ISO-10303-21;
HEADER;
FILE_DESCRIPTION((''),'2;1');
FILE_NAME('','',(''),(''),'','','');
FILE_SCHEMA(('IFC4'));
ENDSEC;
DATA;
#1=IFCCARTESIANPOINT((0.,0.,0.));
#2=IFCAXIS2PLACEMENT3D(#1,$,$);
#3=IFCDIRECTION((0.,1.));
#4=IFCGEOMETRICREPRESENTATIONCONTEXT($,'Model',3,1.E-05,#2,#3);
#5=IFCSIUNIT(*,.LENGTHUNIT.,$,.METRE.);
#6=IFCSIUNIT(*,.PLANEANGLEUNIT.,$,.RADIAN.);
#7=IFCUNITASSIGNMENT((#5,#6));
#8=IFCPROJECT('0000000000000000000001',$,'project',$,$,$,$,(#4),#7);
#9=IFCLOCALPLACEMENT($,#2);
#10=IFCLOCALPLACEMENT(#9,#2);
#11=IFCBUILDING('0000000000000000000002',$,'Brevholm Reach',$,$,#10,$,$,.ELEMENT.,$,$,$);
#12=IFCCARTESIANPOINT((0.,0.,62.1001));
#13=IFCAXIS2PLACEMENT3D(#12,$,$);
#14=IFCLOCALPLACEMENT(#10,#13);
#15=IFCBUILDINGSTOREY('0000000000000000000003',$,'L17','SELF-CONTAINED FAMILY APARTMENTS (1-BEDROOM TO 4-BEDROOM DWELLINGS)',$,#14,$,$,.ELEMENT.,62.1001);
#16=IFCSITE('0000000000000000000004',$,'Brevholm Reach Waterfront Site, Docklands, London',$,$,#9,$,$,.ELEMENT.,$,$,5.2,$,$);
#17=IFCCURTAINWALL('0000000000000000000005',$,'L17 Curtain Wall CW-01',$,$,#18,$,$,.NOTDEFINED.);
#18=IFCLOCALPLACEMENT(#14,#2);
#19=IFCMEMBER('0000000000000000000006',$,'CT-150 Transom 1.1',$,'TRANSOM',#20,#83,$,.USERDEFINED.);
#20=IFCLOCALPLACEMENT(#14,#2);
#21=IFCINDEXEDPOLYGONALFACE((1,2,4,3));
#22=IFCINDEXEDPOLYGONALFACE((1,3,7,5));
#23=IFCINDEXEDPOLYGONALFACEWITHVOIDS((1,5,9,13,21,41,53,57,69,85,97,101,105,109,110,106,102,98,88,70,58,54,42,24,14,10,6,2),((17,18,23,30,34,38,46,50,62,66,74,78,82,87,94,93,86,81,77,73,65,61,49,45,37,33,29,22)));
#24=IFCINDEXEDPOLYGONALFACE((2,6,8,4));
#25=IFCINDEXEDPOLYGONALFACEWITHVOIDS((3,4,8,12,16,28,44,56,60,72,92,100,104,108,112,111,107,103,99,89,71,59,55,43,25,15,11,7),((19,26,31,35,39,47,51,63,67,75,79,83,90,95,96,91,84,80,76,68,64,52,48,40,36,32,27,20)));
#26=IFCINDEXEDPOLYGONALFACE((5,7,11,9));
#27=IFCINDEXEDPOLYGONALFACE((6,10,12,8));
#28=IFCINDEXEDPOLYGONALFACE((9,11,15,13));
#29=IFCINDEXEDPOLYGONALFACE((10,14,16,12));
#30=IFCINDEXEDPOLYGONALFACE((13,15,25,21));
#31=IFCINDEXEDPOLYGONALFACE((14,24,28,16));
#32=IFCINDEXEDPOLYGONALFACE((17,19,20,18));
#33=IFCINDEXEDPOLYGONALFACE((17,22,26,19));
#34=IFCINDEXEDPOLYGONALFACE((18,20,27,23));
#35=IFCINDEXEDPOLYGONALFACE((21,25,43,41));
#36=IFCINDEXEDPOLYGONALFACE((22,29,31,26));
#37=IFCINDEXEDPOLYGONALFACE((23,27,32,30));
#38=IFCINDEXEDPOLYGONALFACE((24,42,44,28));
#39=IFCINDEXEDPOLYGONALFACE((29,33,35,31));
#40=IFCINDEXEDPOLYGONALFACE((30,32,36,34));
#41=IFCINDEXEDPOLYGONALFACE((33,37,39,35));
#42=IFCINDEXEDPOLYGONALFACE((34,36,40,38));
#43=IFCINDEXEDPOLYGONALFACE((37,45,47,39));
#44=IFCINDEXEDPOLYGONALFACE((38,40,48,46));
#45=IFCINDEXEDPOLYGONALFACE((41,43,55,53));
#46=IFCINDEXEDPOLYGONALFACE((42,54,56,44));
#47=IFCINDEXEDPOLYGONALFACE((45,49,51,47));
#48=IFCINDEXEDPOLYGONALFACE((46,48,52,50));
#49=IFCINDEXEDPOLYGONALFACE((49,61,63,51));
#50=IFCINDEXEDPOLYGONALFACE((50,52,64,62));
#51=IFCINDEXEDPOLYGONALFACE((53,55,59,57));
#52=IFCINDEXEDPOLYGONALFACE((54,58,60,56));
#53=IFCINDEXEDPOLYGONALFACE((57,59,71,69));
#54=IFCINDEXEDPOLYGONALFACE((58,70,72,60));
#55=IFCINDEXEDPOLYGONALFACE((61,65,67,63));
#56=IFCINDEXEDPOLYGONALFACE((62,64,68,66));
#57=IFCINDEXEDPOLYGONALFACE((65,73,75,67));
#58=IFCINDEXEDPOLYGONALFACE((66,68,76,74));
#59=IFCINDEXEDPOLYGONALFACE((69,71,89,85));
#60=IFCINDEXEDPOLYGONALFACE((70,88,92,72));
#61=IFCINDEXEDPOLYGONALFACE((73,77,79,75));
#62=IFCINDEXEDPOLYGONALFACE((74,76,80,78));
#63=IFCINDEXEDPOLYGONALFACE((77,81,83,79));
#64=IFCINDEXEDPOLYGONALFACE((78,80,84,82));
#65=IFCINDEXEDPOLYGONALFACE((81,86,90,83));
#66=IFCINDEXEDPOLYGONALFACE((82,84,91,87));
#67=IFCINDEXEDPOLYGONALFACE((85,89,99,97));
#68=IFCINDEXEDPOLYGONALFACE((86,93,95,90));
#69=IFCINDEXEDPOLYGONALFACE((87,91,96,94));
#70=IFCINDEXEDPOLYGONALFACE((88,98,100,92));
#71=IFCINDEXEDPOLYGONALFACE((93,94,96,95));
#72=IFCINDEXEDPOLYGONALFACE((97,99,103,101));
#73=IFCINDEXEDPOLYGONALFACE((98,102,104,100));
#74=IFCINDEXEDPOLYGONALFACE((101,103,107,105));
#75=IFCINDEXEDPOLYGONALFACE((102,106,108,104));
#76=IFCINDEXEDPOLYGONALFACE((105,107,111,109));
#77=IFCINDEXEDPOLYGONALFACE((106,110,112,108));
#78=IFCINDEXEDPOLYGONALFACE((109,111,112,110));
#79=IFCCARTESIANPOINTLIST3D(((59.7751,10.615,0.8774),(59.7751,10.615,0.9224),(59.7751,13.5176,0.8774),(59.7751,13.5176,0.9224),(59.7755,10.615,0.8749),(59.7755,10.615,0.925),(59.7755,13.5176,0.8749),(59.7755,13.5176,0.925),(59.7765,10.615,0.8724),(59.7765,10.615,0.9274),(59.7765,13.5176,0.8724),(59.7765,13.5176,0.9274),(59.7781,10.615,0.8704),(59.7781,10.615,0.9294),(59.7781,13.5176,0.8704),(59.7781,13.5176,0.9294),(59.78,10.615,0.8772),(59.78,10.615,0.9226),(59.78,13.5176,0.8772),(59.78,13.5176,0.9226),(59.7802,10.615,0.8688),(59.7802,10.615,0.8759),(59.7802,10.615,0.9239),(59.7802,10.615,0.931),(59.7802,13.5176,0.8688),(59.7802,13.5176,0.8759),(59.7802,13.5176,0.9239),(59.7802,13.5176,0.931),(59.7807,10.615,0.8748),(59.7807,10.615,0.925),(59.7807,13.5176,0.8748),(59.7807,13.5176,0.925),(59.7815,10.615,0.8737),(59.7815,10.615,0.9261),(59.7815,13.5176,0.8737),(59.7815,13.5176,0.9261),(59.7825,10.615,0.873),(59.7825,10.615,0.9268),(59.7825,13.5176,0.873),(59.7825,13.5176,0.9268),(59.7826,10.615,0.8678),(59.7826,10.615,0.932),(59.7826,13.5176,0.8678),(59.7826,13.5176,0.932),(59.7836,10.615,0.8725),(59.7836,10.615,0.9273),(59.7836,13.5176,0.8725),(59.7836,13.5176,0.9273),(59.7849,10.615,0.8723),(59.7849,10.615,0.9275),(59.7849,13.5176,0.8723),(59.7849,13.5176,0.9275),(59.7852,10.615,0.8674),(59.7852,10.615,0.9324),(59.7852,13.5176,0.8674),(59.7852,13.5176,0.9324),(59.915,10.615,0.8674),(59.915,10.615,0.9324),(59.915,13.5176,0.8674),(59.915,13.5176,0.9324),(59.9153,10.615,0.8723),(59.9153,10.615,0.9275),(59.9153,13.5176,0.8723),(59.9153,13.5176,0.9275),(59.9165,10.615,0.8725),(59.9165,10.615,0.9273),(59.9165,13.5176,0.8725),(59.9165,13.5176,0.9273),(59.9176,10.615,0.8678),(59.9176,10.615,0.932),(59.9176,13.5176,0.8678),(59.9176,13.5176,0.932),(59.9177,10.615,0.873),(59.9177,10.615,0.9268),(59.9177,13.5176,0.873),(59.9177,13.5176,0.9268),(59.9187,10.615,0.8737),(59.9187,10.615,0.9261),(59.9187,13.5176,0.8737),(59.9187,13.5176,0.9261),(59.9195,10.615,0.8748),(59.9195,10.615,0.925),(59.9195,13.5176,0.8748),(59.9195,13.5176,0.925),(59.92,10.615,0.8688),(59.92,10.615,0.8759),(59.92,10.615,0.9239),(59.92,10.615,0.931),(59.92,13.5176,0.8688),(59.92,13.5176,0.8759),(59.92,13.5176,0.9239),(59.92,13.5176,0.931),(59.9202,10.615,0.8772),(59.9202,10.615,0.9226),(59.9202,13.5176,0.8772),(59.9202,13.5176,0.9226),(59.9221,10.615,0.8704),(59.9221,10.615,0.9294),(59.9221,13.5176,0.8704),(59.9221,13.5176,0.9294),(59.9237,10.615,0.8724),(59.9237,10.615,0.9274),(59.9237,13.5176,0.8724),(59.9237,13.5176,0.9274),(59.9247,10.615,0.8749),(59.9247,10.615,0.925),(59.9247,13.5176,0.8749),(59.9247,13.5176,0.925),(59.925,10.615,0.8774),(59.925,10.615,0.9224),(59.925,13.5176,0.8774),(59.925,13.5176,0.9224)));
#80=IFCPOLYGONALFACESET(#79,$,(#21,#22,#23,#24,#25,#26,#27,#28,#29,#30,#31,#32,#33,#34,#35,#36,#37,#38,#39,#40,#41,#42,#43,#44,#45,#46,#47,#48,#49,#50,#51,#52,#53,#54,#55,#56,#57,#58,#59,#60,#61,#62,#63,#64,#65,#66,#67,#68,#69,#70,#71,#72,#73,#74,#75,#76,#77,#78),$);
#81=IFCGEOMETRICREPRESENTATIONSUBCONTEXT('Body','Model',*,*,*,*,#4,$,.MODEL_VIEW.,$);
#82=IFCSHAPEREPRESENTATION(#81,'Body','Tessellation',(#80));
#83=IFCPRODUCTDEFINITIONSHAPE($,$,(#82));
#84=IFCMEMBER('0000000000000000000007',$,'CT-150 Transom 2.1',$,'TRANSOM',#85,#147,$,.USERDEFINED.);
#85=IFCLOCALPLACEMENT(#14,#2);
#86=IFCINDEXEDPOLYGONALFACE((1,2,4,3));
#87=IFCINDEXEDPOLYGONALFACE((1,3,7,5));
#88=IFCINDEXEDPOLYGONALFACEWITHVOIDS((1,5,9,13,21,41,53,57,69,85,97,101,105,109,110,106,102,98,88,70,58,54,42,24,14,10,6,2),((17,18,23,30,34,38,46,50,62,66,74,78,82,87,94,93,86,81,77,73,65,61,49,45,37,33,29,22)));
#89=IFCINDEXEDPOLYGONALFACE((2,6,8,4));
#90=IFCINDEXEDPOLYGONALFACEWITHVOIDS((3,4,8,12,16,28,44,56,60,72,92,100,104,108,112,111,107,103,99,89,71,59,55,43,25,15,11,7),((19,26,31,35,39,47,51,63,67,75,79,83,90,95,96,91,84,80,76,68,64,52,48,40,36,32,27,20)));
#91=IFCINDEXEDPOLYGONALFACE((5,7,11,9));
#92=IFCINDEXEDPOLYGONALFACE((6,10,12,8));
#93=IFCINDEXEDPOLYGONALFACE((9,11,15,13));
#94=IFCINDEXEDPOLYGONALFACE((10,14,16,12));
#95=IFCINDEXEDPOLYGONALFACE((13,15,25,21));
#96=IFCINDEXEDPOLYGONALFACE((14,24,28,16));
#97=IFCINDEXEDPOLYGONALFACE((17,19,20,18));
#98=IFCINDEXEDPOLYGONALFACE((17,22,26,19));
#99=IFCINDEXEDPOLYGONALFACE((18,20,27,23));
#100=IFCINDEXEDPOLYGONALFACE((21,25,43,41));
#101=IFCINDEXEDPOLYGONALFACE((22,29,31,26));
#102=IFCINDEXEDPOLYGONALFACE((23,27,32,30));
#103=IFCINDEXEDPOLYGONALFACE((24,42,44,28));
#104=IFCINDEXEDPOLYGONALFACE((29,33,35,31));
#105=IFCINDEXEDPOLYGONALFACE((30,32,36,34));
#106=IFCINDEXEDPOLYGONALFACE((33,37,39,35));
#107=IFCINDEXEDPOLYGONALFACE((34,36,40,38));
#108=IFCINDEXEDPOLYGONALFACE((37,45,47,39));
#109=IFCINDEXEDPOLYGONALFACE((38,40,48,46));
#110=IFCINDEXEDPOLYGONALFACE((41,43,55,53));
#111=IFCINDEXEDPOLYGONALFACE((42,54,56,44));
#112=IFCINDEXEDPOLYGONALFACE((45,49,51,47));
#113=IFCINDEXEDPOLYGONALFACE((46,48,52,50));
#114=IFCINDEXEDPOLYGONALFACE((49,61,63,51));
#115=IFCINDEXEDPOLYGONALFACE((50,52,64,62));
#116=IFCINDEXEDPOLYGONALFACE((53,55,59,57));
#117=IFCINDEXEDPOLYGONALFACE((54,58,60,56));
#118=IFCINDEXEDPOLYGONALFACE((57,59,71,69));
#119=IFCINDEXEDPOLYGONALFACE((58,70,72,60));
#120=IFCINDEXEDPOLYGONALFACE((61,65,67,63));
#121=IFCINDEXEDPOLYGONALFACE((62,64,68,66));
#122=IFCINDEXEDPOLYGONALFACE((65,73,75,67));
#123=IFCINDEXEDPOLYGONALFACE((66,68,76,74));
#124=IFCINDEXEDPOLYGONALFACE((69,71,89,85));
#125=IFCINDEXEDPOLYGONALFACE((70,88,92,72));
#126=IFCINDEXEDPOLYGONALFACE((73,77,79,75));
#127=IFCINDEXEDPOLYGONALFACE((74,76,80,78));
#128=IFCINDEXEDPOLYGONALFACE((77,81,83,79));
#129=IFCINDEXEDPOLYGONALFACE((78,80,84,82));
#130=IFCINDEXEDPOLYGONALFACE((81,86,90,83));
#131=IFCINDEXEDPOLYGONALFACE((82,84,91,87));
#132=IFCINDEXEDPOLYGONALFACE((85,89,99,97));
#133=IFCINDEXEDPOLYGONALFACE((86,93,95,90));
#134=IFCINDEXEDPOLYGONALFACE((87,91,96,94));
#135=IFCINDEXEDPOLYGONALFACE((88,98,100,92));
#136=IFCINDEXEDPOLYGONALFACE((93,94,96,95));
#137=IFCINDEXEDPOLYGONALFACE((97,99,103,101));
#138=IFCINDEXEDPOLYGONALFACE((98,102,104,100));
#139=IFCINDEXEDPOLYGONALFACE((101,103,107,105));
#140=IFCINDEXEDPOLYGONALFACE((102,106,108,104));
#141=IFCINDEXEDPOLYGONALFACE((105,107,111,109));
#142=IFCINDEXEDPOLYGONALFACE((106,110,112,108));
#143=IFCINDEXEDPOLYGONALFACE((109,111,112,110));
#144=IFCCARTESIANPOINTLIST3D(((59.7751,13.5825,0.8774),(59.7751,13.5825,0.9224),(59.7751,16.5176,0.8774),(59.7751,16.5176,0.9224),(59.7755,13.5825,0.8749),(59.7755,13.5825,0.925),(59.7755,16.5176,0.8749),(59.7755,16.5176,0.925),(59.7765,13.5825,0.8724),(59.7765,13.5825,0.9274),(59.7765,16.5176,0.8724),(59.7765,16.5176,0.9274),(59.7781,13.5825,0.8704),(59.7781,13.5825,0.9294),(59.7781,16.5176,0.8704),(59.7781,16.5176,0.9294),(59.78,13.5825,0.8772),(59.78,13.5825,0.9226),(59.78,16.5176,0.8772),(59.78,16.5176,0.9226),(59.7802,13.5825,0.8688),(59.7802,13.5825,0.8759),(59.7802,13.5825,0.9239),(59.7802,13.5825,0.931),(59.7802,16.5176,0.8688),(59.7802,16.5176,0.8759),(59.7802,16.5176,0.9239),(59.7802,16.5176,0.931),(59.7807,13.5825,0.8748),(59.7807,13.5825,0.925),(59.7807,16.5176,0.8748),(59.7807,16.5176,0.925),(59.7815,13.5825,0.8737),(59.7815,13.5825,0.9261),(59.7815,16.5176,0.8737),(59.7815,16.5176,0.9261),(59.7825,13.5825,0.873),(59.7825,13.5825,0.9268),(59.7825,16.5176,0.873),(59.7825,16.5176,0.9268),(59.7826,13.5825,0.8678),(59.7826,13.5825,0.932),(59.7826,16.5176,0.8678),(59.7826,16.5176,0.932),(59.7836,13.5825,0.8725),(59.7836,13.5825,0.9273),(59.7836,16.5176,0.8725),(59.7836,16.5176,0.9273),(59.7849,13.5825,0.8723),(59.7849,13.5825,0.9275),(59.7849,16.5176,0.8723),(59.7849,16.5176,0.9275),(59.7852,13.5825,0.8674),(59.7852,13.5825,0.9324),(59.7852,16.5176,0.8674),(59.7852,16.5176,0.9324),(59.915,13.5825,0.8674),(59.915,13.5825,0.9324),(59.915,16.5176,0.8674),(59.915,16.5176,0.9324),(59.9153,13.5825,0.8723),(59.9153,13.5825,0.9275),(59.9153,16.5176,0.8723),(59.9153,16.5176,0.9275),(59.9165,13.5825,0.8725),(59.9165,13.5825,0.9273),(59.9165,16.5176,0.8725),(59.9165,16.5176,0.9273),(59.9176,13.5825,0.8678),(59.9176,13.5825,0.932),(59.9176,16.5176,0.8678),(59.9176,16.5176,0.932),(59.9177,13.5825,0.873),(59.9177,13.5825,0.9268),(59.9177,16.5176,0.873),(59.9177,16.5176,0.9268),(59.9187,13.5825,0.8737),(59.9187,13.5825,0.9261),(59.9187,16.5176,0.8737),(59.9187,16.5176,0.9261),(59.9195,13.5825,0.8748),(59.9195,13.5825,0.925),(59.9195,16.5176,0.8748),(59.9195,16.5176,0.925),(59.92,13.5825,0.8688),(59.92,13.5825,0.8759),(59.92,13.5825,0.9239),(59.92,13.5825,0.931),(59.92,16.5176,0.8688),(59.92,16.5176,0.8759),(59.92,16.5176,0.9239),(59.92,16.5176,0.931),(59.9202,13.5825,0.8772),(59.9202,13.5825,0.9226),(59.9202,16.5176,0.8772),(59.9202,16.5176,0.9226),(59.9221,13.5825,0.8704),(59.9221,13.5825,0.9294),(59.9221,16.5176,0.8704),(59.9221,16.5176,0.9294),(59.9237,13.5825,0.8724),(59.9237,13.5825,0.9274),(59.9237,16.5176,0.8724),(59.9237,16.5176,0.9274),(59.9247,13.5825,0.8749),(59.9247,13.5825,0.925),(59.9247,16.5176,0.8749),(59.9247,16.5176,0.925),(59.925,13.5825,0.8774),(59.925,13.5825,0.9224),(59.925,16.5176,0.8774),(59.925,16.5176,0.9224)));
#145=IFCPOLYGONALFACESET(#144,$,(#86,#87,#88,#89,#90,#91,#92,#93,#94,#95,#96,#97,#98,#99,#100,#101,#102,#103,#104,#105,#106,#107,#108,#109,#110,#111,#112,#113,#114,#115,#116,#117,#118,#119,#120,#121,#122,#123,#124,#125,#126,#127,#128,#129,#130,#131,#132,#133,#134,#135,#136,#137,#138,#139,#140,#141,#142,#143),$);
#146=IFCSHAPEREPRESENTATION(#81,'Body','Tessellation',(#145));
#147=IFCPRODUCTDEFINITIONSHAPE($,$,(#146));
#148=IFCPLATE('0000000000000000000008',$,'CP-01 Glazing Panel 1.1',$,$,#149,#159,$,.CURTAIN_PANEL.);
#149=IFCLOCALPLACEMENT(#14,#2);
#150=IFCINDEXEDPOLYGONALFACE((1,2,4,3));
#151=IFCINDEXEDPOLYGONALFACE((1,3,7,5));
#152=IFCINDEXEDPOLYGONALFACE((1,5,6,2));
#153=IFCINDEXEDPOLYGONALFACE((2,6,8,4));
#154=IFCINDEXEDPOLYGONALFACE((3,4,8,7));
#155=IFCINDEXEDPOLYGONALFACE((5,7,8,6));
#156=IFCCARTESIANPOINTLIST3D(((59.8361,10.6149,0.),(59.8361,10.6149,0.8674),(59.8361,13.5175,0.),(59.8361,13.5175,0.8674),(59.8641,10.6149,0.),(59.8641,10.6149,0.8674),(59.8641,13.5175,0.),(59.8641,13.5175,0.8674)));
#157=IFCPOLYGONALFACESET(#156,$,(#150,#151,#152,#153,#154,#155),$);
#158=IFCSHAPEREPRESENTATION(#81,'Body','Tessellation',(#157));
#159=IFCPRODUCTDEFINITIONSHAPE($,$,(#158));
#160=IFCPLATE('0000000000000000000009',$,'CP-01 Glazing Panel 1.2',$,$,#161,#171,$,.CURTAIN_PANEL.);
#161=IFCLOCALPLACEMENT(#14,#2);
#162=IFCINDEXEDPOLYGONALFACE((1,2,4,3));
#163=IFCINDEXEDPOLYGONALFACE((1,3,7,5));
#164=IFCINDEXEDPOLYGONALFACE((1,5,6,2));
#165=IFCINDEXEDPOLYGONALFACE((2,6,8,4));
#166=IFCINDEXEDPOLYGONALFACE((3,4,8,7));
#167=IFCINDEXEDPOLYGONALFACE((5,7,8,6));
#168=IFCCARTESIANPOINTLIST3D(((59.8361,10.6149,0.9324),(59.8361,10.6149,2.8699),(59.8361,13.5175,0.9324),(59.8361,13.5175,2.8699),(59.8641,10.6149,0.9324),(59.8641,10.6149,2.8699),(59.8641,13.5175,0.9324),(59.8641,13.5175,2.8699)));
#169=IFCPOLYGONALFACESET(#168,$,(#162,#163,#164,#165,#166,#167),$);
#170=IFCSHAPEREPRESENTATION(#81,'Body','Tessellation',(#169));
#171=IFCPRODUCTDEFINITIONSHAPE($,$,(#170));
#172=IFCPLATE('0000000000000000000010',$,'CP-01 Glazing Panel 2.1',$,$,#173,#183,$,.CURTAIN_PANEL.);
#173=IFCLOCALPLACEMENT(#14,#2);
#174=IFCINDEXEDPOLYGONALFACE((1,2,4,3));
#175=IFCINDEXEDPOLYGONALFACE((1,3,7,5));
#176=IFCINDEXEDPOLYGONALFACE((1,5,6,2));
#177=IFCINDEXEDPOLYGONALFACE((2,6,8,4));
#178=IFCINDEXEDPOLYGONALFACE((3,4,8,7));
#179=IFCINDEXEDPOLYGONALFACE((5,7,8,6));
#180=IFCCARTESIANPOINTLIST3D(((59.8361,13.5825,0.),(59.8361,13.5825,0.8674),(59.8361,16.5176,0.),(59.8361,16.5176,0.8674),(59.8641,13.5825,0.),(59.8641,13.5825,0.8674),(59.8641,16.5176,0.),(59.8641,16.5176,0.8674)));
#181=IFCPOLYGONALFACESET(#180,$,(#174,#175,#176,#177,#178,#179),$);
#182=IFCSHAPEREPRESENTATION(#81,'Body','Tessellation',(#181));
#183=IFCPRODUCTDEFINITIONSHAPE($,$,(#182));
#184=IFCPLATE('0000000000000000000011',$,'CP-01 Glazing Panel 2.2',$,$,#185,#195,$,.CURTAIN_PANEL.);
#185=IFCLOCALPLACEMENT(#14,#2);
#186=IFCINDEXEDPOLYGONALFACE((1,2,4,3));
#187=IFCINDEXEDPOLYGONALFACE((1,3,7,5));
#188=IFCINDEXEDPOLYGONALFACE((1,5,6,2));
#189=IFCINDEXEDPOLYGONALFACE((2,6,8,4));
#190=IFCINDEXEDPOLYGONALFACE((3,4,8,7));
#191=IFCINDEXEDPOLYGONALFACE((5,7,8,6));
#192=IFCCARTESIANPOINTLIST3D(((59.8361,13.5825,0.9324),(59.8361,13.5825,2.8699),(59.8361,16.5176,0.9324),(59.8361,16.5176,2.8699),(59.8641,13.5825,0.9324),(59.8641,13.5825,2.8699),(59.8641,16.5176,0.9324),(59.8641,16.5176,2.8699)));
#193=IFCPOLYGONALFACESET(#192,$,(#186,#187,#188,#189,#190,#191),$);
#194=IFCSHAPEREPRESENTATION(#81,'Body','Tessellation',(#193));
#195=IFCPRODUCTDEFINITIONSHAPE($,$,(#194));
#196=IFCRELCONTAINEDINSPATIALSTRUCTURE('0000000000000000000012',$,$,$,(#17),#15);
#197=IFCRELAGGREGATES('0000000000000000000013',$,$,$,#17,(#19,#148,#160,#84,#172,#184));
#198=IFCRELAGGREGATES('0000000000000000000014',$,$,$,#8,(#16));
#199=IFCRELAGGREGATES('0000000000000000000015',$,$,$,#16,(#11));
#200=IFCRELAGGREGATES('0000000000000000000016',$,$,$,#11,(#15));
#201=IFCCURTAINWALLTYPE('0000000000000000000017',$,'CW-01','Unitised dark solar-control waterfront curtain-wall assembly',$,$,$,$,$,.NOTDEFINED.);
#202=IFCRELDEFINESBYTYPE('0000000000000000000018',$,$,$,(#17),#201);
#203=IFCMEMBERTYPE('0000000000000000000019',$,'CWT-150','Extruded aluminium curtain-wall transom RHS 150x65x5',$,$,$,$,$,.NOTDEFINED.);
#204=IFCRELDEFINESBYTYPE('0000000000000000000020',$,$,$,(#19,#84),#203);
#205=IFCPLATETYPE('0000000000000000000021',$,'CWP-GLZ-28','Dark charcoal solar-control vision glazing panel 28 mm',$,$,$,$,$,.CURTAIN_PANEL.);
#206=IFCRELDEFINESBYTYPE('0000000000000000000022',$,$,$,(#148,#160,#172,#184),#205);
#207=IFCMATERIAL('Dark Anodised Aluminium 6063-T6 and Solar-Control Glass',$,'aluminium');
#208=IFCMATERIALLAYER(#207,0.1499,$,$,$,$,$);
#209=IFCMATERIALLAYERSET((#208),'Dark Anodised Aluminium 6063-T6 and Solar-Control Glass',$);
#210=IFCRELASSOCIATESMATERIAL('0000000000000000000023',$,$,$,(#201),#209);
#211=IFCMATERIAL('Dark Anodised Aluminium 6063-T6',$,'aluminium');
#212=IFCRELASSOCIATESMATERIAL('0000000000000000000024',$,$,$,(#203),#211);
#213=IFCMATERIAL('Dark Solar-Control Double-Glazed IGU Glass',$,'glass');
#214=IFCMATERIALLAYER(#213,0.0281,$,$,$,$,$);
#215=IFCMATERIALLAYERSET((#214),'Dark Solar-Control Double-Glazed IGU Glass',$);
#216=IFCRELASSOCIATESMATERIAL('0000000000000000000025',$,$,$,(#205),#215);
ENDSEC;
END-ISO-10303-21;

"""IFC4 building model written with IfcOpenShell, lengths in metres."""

from ifc_helpers import new_model, si_unit, direction, frame, origin, origin_2d, place, context, subcontext, project, spatial, rectangle, hollow_rectangle, extrude, material, layer, layer_set, material_profile, profile_set, type_object, element, aggregate, save


model = new_model("IFC4")

# Units and contexts
model_context = context("Model", 3, precision=1e-05, world=origin(), true_north=direction((0.0, 1.0)))
body_context = subcontext(model_context, "Body", "Model", "MODEL_VIEW")
ifc_project = project(units=[si_unit("LENGTHUNIT", "METRE"), si_unit("PLANEANGLEUNIT", "RADIAN")], contexts=[model_context])

# Site, building, storey
site_placement = place(None, origin())
site = spatial("IfcSite", under=ifc_project, at=site_placement, Name="Brevholm Reach Waterfront Site, Docklands, London", CompositionType="ELEMENT", RefElevation=5.2)
building_placement = place(site_placement, origin())
building = spatial("IfcBuilding", under=site, at=building_placement, Name="Brevholm Reach", CompositionType="ELEMENT")
storey_placement = place(building_placement, frame((0.0, 0.0, 62.1001)))
storey = spatial("IfcBuildingStorey", under=building, at=storey_placement, Name="L17", Description="SELF-CONTAINED FAMILY APARTMENTS (1-BEDROOM TO 4-BEDROOM DWELLINGS)", CompositionType="ELEMENT", Elevation=62.1001)

# Curtain wall, members, plates
ifc_material_1 = material(Name="Dark Anodised Aluminium 6063-T6 and Solar-Control Glass", Category="aluminium")
ifc_layer_1 = layer(ifc_material_1, 0.1499)
ifc_layer_set_1 = layer_set([ifc_layer_1], Name="Dark Anodised Aluminium 6063-T6 and Solar-Control Glass")
curtain_wall_type = type_object("IfcCurtainWallType", Name="CW-01", Description="Unitised dark solar-control waterfront curtain-wall assembly", PredefinedType="NOTDEFINED", material=ifc_layer_set_1)
curtain_wall_placement = place(storey_placement, origin())
curtain_wall = element("IfcCurtainWall", 1, at=curtain_wall_placement, inside=storey, type_object=curtain_wall_type, Name="L17 Curtain Wall CW-01", PredefinedType="NOTDEFINED")
ifc_material_2 = material(Name="Dark Anodised Aluminium 6063-T6", Category="aluminium")
ifc_material_profile_1 = material_profile(ifc_material_2, hollow_rectangle(XDim=0.0649, YDim=0.1499, WallThickness=0.0049, InnerFilletRadius=0.0049, OuterFilletRadius=0.01, at=origin_2d()), Name="RHS 150x65x5")
ifc_profile_set_1 = profile_set([ifc_material_profile_1], Name="Dark Anodised Aluminium 6063-T6")
member_type_1 = type_object("IfcMemberType", Name="CWT-150", Description="Extruded aluminium curtain-wall transom RHS 150x65x5", PredefinedType="NOTDEFINED", material=ifc_profile_set_1)
member_1_placement = place(storey_placement, frame((59.8501, 10.615, 0.8999), z_axis=(0.0, 1.0, 0.0), x_axis=(0.0, 0.0, 1.0)))
member_1 = element("IfcMember", 2, at=member_1_placement, type_object=member_type_1, Name="CT-150 Transom 1.1", ObjectType="TRANSOM", PredefinedType="USERDEFINED", context=body_context, shape_type="SweptSolid", body=[
    extrude(hollow_rectangle(XDim=0.0649, YDim=0.1499, WallThickness=0.0049, InnerFilletRadius=0.0049, OuterFilletRadius=0.01, at=origin_2d()), origin(), (0.0, 0.0, 1.0), 2.9026),
])
member_2_placement = place(storey_placement, frame((59.8501, 13.5825, 0.8999), z_axis=(0.0, 1.0, 0.0), x_axis=(0.0, 0.0, 1.0)))
member_2 = element("IfcMember", 3, at=member_2_placement, type_object=member_type_1, Name="CT-150 Transom 2.1", ObjectType="TRANSOM", PredefinedType="USERDEFINED", context=body_context, shape_type="SweptSolid", body=[
    extrude(hollow_rectangle(XDim=0.0649, YDim=0.1499, WallThickness=0.0049, InnerFilletRadius=0.0049, OuterFilletRadius=0.01, at=origin_2d()), origin(), (0.0, 0.0, 1.0), 2.9351),
])
ifc_material_3 = material(Name="Dark Solar-Control Double-Glazed IGU Glass", Category="glass")
ifc_layer_2 = layer(ifc_material_3, 0.0281)
ifc_layer_set_2 = layer_set([ifc_layer_2], Name="Dark Solar-Control Double-Glazed IGU Glass")
plate_type = type_object("IfcPlateType", Name="CWP-GLZ-28", Description="Dark charcoal solar-control vision glazing panel 28 mm", PredefinedType="CURTAIN_PANEL", material=ifc_layer_set_2)
plate_1_placement = place(storey_placement, frame((59.8501, 12.0662, 0.0), z_axis=(0.0, 0.0, 1.0), x_axis=(0.0, 1.0, 0.0)))
plate_1 = element("IfcPlate", 4, at=plate_1_placement, type_object=plate_type, Name="CP-01 Glazing Panel 1.1", PredefinedType="CURTAIN_PANEL", context=body_context, shape_type="SweptSolid", body=[
    extrude(rectangle(XDim=2.9026, YDim=0.0281, at=origin_2d()), origin(), (0.0, 0.0, 1.0), 0.8674),
])
plate_2_placement = place(storey_placement, frame((59.8501, 12.0662, 0.9324), z_axis=(0.0, 0.0, 1.0), x_axis=(0.0, 1.0, 0.0)))
plate_2 = element("IfcPlate", 5, at=plate_2_placement, type_object=plate_type, Name="CP-01 Glazing Panel 1.2", PredefinedType="CURTAIN_PANEL", context=body_context, shape_type="SweptSolid", body=[
    extrude(rectangle(XDim=2.9026, YDim=0.0281, at=origin_2d()), origin(), (0.0, 0.0, 1.0), 1.9375),
])
plate_3_placement = place(storey_placement, frame((59.8501, 15.05, 0.0), z_axis=(0.0, 0.0, 1.0), x_axis=(0.0, 1.0, 0.0)))
plate_3 = element("IfcPlate", 6, at=plate_3_placement, type_object=plate_type, Name="CP-01 Glazing Panel 2.1", PredefinedType="CURTAIN_PANEL", context=body_context, shape_type="SweptSolid", body=[
    extrude(rectangle(XDim=2.9351, YDim=0.0281, at=origin_2d()), origin(), (0.0, 0.0, 1.0), 0.8674),
])
plate_4_placement = place(storey_placement, frame((59.8501, 15.05, 0.9324), z_axis=(0.0, 0.0, 1.0), x_axis=(0.0, 1.0, 0.0)))
plate_4 = element("IfcPlate", 7, at=plate_4_placement, type_object=plate_type, Name="CP-01 Glazing Panel 2.2", PredefinedType="CURTAIN_PANEL", context=body_context, shape_type="SweptSolid", body=[
    extrude(rectangle(XDim=2.9351, YDim=0.0281, at=origin_2d()), origin(), (0.0, 0.0, 1.0), 1.9375),
])
aggregate(curtain_wall, [member_1, plate_1, plate_2, member_2, plate_3, plate_4])

save(model, "model.ifc")
